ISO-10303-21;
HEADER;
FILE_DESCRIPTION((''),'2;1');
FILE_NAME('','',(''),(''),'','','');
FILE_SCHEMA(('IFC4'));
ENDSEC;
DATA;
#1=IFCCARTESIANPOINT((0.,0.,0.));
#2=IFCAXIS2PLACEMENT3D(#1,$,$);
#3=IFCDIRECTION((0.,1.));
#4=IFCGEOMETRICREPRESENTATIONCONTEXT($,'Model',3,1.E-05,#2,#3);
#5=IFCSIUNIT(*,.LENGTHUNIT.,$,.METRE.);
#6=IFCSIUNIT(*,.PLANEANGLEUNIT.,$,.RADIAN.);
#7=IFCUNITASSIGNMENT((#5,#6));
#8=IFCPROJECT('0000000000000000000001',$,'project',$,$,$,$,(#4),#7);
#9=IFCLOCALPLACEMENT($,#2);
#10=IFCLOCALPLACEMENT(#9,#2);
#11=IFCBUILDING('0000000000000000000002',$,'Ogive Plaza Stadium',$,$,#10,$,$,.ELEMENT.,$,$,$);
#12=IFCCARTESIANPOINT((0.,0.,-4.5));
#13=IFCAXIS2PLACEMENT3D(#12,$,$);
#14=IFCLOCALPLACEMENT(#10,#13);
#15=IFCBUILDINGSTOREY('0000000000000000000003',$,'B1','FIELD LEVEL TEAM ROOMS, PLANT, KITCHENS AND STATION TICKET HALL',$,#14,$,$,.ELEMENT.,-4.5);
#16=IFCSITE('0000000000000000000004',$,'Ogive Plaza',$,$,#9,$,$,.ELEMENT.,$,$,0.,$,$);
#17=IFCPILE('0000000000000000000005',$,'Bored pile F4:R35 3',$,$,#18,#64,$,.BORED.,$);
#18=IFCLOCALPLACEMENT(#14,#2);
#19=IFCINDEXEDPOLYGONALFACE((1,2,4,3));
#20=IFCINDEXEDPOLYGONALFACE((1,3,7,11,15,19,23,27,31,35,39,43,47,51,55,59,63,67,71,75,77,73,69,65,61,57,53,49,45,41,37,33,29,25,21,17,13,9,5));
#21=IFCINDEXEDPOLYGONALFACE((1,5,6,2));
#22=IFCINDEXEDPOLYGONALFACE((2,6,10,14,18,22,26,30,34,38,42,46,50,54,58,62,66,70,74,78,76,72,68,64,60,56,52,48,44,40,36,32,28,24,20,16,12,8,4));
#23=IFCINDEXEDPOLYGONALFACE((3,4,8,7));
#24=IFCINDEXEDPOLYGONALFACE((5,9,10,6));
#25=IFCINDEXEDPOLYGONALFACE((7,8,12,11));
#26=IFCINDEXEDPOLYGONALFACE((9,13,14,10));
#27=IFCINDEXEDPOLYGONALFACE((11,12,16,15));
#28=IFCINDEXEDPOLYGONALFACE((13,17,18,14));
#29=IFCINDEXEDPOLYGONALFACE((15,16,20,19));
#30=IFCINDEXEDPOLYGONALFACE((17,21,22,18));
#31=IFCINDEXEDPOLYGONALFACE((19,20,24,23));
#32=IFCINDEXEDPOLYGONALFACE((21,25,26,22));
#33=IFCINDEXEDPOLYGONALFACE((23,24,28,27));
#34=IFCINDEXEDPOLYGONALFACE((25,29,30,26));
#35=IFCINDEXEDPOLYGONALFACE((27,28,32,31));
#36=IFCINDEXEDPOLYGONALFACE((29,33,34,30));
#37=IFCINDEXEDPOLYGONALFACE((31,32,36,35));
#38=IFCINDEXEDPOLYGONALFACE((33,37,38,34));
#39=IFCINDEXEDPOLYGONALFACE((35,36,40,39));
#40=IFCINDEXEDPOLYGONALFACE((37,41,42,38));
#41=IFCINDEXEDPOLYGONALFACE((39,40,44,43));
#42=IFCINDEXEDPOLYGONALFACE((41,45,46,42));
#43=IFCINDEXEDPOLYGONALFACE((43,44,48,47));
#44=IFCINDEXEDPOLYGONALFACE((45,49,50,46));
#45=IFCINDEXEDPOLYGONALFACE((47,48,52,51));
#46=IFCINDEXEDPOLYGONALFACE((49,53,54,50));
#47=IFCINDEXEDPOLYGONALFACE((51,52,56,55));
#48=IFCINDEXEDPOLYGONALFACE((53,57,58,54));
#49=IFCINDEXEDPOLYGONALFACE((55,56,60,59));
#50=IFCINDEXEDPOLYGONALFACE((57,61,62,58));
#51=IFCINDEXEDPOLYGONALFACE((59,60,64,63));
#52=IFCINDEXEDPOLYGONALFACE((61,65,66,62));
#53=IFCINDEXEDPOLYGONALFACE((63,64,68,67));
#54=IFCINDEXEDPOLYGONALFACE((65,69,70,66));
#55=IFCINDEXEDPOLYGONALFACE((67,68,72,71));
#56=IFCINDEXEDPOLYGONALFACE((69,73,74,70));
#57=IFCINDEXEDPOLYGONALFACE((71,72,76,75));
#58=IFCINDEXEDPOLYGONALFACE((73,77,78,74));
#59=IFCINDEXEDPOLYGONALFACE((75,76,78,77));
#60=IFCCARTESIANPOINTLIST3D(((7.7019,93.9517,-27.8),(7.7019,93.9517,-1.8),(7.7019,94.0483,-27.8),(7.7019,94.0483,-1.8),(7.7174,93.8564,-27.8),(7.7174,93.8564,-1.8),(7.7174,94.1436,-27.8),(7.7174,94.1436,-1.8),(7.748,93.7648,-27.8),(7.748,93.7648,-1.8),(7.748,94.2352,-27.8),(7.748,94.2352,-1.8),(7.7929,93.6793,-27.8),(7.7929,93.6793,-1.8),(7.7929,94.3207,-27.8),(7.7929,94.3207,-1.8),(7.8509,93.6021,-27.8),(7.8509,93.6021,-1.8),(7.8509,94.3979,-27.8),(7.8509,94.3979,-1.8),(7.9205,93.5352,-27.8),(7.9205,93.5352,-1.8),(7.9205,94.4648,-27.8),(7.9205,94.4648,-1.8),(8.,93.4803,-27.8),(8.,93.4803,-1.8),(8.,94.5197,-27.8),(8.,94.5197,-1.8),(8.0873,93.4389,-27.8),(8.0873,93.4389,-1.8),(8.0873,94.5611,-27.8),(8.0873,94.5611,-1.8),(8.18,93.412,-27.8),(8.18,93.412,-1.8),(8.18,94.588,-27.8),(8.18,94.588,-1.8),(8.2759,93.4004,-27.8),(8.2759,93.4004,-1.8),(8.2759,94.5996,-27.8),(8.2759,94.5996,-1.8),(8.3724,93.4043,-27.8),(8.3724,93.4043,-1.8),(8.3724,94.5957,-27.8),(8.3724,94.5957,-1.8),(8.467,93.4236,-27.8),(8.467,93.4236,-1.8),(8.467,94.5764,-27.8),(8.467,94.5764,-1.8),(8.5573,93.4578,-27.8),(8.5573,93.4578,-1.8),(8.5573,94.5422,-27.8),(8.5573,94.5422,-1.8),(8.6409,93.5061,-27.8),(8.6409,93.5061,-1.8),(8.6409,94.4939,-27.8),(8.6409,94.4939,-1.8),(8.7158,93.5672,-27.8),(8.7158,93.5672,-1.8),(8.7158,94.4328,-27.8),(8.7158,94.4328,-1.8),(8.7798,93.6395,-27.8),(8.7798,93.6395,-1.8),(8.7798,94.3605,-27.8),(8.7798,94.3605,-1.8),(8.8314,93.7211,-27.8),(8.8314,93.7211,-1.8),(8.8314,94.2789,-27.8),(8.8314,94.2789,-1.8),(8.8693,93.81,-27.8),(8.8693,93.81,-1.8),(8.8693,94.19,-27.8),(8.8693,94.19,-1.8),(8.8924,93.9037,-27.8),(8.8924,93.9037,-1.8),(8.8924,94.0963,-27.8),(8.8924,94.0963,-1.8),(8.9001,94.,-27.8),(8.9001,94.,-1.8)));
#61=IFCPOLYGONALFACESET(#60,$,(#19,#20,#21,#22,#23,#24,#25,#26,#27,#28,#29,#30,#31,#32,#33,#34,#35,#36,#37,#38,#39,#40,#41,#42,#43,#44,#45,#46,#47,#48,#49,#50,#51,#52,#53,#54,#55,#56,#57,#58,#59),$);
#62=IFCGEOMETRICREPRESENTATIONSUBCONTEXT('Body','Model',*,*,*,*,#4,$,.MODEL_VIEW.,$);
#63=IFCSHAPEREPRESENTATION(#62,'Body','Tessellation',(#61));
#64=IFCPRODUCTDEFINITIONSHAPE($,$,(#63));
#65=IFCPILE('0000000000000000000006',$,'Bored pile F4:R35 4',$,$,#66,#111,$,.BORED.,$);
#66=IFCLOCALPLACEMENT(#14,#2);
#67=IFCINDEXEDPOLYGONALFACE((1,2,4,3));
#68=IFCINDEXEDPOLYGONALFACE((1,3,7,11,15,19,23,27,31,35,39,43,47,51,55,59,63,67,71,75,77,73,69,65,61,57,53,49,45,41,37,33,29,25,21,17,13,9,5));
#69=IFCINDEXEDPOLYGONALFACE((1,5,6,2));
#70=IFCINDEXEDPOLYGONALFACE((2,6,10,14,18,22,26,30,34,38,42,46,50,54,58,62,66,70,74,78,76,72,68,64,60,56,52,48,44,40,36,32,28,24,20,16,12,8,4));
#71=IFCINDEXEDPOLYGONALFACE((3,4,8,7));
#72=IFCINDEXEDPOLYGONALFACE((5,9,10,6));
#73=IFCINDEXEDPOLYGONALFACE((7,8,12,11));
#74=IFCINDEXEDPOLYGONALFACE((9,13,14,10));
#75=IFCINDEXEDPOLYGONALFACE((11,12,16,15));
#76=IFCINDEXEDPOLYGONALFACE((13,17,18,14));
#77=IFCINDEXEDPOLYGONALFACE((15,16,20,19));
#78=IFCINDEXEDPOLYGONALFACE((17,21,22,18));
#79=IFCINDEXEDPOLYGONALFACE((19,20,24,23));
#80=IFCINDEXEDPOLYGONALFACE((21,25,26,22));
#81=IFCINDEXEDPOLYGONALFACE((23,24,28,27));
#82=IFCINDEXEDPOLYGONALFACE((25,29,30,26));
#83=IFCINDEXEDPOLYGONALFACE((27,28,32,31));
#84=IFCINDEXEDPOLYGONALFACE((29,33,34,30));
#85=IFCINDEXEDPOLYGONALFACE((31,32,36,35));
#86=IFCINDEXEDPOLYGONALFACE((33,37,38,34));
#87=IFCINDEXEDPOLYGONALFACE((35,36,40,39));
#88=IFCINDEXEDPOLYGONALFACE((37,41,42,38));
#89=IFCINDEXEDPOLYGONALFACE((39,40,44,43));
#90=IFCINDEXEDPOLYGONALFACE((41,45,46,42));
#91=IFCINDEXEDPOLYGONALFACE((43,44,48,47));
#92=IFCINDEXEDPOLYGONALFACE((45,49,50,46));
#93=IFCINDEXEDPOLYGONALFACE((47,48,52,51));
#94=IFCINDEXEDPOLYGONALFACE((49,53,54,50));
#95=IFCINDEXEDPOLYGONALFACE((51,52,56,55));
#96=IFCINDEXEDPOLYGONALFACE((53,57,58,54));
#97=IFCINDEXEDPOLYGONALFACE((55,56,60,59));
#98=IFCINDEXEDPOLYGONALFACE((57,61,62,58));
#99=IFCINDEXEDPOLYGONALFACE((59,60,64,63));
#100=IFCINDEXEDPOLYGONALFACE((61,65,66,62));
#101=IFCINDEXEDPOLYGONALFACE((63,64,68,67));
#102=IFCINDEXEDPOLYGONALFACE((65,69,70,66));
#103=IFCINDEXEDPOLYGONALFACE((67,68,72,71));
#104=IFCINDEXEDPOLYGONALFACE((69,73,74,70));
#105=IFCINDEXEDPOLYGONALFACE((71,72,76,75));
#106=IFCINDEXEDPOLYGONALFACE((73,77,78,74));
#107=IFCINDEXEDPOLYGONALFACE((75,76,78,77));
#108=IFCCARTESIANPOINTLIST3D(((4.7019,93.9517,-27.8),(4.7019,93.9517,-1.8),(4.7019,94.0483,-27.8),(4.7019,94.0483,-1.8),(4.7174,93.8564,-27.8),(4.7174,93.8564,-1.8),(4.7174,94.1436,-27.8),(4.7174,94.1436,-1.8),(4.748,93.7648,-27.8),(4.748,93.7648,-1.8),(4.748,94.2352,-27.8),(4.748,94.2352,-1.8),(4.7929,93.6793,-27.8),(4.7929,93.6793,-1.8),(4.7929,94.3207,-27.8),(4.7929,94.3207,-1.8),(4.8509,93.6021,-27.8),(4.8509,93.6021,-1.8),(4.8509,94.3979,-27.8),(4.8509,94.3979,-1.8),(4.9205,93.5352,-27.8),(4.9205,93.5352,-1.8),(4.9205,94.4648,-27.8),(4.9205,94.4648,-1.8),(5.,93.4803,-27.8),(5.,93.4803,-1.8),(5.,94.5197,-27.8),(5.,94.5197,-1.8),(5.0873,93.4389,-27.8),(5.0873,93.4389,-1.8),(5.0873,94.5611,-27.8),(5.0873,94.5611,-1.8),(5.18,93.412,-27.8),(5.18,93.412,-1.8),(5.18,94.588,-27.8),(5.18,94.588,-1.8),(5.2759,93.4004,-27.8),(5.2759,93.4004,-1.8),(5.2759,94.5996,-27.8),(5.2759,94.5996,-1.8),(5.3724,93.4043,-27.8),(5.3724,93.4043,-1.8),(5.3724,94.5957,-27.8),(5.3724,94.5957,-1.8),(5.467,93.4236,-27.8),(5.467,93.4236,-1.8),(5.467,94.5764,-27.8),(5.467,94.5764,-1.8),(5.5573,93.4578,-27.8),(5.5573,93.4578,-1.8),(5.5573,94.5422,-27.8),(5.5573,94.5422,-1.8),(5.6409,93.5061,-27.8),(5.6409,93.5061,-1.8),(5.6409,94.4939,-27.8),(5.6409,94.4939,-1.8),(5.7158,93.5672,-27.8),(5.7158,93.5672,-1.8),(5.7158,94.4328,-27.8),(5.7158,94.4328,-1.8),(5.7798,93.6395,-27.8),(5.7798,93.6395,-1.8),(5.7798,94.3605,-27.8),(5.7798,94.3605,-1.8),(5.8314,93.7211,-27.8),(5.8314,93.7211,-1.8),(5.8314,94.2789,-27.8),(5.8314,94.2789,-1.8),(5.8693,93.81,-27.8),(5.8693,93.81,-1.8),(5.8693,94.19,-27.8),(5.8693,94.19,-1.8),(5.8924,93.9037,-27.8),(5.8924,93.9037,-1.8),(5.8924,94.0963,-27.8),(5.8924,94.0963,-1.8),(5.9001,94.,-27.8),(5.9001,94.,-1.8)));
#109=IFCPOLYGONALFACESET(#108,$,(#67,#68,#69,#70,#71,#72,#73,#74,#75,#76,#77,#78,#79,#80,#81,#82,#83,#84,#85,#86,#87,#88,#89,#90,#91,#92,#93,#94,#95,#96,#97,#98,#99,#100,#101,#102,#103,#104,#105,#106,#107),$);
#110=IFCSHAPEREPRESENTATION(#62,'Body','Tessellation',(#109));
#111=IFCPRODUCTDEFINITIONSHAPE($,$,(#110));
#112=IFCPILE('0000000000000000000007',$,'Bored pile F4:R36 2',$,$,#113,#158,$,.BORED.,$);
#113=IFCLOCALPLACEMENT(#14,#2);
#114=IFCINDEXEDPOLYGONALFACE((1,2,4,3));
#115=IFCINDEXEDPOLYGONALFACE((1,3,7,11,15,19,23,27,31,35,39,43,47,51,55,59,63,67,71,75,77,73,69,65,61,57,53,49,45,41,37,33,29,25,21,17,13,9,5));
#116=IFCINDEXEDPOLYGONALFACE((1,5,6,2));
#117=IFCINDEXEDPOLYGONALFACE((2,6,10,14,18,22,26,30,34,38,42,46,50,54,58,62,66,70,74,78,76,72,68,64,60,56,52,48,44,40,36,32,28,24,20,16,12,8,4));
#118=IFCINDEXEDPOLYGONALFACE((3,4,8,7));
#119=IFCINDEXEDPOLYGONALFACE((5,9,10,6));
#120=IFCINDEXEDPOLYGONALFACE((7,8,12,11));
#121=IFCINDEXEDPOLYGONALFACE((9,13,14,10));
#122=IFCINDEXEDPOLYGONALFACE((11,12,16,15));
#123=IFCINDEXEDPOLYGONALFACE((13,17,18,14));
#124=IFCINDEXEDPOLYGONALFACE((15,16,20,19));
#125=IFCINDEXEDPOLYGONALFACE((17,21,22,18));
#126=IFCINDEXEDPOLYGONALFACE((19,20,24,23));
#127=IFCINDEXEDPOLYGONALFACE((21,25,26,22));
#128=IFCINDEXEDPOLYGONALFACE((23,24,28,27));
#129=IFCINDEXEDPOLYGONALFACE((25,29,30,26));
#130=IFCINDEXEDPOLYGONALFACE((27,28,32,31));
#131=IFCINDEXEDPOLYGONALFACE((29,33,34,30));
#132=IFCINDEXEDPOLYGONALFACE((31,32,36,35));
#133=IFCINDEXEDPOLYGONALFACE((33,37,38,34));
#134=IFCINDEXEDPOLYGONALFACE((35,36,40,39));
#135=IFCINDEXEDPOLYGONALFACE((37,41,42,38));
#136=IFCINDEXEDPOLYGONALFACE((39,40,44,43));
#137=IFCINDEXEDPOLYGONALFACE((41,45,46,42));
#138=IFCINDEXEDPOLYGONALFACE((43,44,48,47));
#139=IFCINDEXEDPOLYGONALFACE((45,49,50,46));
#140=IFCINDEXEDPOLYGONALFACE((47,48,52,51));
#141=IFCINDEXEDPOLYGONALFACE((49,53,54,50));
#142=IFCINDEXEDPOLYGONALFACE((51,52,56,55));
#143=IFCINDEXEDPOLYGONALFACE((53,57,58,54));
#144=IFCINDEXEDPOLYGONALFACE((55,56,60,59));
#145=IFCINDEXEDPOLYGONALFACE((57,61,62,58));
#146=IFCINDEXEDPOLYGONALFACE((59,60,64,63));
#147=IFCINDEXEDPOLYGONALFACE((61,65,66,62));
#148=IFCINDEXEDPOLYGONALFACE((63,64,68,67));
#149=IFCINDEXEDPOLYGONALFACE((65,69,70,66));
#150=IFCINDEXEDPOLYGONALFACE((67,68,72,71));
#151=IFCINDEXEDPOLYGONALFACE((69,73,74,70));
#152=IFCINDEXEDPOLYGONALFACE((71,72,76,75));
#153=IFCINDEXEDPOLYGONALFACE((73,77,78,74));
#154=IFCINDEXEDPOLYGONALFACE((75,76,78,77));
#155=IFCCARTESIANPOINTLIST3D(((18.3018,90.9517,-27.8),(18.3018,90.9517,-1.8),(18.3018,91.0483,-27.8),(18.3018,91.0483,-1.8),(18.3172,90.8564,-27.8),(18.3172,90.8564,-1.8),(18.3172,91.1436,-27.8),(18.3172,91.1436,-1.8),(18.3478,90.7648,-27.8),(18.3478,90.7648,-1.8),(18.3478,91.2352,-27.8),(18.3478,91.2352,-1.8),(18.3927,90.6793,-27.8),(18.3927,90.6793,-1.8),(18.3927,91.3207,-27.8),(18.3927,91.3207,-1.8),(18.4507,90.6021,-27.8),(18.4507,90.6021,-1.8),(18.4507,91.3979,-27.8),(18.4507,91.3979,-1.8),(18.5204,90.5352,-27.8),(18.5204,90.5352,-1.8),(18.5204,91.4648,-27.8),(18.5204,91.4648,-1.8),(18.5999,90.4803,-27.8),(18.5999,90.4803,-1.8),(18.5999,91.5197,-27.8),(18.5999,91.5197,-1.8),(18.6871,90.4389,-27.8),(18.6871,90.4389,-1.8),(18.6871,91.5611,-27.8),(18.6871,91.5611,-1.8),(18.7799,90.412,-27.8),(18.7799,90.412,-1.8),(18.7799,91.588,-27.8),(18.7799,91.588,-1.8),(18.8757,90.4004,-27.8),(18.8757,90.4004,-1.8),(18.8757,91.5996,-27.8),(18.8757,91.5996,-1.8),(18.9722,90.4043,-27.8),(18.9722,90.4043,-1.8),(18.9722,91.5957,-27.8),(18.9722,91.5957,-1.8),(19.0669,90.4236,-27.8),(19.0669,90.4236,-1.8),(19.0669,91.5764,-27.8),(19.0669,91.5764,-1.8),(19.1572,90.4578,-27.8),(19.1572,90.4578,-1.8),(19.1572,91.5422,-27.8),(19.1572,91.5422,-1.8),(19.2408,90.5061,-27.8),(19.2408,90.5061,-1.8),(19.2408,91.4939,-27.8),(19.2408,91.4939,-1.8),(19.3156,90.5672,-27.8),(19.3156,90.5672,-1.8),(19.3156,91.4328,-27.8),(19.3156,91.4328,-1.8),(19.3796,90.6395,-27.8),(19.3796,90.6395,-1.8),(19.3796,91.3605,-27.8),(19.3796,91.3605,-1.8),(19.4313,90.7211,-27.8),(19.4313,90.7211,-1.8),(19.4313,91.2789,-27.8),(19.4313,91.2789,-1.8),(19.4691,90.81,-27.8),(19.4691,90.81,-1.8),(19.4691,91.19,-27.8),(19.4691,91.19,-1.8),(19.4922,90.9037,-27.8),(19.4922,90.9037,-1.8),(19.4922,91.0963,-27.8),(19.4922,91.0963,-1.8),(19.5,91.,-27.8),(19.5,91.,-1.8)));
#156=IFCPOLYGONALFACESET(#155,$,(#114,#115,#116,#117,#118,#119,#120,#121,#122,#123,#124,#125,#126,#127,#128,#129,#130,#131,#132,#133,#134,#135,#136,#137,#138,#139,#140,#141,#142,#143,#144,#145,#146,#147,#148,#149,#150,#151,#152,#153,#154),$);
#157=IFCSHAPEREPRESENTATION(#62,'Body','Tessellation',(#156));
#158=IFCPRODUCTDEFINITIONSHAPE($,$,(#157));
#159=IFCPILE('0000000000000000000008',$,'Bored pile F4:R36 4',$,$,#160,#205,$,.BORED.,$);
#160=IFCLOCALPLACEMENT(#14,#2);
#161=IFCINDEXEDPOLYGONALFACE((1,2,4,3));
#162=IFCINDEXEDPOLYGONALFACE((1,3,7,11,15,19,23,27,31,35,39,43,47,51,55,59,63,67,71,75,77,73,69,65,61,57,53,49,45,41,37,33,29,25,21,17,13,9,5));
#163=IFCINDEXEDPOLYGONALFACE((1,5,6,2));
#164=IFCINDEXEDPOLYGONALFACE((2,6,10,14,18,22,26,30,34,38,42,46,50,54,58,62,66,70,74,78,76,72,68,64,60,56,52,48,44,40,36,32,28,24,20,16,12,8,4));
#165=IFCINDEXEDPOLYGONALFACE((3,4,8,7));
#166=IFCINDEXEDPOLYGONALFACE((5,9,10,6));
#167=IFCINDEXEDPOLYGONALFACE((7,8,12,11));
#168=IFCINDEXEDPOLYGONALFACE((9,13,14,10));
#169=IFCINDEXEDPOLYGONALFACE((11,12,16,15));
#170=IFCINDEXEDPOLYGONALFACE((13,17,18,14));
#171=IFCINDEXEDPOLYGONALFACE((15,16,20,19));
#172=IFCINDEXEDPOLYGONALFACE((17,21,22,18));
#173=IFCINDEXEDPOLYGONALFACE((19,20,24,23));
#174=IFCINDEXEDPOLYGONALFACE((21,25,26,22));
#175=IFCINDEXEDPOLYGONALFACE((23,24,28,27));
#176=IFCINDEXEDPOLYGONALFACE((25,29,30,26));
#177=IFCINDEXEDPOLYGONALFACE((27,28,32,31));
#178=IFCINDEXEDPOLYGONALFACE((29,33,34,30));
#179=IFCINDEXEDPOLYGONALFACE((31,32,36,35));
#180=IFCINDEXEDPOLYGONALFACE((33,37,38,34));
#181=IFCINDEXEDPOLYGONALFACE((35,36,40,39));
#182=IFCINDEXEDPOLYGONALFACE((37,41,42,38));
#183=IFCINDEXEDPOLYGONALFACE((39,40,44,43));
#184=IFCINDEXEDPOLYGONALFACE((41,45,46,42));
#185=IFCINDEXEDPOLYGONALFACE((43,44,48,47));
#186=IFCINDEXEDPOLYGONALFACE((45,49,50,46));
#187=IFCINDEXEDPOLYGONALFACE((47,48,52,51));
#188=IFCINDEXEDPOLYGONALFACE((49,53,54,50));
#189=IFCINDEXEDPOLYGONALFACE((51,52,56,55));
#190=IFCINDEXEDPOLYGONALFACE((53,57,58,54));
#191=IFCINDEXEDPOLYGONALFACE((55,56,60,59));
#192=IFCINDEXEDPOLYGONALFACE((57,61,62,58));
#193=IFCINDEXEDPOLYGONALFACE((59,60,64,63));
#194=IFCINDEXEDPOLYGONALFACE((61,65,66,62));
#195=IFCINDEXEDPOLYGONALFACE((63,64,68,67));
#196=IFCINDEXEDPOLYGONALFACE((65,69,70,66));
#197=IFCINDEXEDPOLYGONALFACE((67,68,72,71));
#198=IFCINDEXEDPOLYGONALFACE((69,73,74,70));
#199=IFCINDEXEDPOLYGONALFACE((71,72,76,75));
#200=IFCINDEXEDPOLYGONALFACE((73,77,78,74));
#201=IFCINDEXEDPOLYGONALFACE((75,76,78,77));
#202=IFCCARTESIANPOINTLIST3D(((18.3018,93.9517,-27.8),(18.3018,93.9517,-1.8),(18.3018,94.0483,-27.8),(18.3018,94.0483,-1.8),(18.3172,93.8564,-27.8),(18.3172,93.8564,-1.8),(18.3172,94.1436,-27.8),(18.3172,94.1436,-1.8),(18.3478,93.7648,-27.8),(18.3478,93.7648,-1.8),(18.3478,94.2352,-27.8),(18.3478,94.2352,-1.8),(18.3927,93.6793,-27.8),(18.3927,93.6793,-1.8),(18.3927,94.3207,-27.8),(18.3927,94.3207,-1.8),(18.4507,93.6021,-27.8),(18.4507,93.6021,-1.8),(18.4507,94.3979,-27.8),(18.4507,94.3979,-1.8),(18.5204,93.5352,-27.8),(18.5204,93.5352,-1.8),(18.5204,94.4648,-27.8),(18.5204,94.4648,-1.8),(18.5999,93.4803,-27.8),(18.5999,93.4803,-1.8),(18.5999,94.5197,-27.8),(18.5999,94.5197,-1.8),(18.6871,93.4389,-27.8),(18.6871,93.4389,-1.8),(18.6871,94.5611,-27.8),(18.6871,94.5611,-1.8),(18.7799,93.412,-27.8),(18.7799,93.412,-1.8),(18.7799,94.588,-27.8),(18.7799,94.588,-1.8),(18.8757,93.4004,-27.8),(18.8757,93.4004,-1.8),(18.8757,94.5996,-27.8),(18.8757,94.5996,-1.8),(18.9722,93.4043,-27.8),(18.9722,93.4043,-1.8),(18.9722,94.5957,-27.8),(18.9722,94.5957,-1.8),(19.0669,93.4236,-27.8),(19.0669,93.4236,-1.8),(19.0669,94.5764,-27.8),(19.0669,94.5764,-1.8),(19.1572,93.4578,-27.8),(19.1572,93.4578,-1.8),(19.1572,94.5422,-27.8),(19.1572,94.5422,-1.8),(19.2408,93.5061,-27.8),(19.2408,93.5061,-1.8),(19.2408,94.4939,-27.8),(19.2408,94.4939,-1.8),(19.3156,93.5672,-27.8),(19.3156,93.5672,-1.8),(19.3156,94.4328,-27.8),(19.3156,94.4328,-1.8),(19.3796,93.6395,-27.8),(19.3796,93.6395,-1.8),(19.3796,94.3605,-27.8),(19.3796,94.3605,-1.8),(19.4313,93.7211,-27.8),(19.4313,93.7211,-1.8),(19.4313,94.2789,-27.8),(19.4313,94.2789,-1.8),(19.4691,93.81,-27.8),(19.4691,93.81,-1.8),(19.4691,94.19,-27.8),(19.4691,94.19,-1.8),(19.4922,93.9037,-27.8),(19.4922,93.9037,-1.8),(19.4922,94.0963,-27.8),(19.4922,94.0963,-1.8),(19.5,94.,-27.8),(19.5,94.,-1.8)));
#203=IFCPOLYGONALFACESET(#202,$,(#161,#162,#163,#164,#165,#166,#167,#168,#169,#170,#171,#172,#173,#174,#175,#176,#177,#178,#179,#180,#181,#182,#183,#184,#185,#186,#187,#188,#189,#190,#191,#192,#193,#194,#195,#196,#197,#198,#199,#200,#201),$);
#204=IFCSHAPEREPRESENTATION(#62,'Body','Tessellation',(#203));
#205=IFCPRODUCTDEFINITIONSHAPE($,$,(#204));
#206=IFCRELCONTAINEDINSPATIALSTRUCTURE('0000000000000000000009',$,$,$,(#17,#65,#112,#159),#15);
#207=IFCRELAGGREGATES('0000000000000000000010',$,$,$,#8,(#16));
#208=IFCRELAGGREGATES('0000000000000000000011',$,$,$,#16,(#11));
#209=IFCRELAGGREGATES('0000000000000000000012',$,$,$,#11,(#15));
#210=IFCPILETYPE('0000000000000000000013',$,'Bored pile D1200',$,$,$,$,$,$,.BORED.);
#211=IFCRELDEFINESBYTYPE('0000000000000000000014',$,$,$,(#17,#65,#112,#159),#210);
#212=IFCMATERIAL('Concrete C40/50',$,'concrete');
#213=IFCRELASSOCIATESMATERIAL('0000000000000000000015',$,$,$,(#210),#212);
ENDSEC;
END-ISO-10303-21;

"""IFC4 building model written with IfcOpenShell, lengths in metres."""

from ifc_helpers import new_model, si_unit, direction, frame, origin, origin_2d, place, context, subcontext, project, spatial, circle, extrude, material, material_profile, profile_set, type_object, element, save


model = new_model("IFC4")

# Units and contexts
model_context = context("Model", 3, precision=1e-05, world=origin(), true_north=direction((0.0, 1.0)))
body_context = subcontext(model_context, "Body", "Model", "MODEL_VIEW")
ifc_project = project(units=[si_unit("LENGTHUNIT", "METRE"), si_unit("PLANEANGLEUNIT", "RADIAN")], contexts=[model_context])

# Site, building, storey
site_placement = place(None, origin())
site = spatial("IfcSite", under=ifc_project, at=site_placement, Name="Ogive Plaza", CompositionType="ELEMENT", RefElevation=0.0)
building_placement = place(site_placement, origin())
building = spatial("IfcBuilding", under=site, at=building_placement, Name="Ogive Plaza Stadium", CompositionType="ELEMENT")
storey_placement = place(building_placement, frame((0.0, 0.0, -4.5)))
storey = spatial("IfcBuildingStorey", under=building, at=storey_placement, Name="B1", Description="FIELD LEVEL TEAM ROOMS, PLANT, KITCHENS AND STATION TICKET HALL", CompositionType="ELEMENT", Elevation=-4.5)

# Piles
ifc_material_1 = material(Name="Concrete C40/50", Category="concrete")
ifc_material_profile_1 = material_profile(ifc_material_1, circle(Radius=0.6001, at=origin_2d()), Name="RC D1200")
ifc_profile_set_1 = profile_set([ifc_material_profile_1], Name="Concrete C40/50")
pile_type_1 = type_object("IfcPileType", Name="Bored pile D1200", PredefinedType="BORED", material=ifc_profile_set_1)
for number, where, z_axis, x_axis, name in (
    (1, (8.3, 94.0, -1.8), (0.0, 0.0, -1.0), (1.0, 0.0, 0.0), "Bored pile F4:R35 3"),
    (2, (5.3, 94.0, -1.8), (0.0, 0.0, -1.0), (1.0, 0.0, 0.0), "Bored pile F4:R35 4"),
    (3, (18.8999, 91.0, -1.8), (0.0, 0.0, -1.0), (1.0, 0.0, 0.0), "Bored pile F4:R36 2"),
    (4, (18.8999, 94.0, -1.8), (0.0, 0.0, -1.0), (1.0, 0.0, 0.0), "Bored pile F4:R36 4"),
):
    element("IfcPile", number, at=place(storey_placement, frame(where, z_axis=z_axis, x_axis=x_axis)), inside=storey, type_object=pile_type_1, Name=name, PredefinedType="BORED", context=body_context, shape_type="SweptSolid", body=[
        extrude(circle(Radius=0.6001, at=origin_2d()), origin(), (0.0, 0.0, 1.0), 26.0),
    ])

save(model, "model.ifc")
